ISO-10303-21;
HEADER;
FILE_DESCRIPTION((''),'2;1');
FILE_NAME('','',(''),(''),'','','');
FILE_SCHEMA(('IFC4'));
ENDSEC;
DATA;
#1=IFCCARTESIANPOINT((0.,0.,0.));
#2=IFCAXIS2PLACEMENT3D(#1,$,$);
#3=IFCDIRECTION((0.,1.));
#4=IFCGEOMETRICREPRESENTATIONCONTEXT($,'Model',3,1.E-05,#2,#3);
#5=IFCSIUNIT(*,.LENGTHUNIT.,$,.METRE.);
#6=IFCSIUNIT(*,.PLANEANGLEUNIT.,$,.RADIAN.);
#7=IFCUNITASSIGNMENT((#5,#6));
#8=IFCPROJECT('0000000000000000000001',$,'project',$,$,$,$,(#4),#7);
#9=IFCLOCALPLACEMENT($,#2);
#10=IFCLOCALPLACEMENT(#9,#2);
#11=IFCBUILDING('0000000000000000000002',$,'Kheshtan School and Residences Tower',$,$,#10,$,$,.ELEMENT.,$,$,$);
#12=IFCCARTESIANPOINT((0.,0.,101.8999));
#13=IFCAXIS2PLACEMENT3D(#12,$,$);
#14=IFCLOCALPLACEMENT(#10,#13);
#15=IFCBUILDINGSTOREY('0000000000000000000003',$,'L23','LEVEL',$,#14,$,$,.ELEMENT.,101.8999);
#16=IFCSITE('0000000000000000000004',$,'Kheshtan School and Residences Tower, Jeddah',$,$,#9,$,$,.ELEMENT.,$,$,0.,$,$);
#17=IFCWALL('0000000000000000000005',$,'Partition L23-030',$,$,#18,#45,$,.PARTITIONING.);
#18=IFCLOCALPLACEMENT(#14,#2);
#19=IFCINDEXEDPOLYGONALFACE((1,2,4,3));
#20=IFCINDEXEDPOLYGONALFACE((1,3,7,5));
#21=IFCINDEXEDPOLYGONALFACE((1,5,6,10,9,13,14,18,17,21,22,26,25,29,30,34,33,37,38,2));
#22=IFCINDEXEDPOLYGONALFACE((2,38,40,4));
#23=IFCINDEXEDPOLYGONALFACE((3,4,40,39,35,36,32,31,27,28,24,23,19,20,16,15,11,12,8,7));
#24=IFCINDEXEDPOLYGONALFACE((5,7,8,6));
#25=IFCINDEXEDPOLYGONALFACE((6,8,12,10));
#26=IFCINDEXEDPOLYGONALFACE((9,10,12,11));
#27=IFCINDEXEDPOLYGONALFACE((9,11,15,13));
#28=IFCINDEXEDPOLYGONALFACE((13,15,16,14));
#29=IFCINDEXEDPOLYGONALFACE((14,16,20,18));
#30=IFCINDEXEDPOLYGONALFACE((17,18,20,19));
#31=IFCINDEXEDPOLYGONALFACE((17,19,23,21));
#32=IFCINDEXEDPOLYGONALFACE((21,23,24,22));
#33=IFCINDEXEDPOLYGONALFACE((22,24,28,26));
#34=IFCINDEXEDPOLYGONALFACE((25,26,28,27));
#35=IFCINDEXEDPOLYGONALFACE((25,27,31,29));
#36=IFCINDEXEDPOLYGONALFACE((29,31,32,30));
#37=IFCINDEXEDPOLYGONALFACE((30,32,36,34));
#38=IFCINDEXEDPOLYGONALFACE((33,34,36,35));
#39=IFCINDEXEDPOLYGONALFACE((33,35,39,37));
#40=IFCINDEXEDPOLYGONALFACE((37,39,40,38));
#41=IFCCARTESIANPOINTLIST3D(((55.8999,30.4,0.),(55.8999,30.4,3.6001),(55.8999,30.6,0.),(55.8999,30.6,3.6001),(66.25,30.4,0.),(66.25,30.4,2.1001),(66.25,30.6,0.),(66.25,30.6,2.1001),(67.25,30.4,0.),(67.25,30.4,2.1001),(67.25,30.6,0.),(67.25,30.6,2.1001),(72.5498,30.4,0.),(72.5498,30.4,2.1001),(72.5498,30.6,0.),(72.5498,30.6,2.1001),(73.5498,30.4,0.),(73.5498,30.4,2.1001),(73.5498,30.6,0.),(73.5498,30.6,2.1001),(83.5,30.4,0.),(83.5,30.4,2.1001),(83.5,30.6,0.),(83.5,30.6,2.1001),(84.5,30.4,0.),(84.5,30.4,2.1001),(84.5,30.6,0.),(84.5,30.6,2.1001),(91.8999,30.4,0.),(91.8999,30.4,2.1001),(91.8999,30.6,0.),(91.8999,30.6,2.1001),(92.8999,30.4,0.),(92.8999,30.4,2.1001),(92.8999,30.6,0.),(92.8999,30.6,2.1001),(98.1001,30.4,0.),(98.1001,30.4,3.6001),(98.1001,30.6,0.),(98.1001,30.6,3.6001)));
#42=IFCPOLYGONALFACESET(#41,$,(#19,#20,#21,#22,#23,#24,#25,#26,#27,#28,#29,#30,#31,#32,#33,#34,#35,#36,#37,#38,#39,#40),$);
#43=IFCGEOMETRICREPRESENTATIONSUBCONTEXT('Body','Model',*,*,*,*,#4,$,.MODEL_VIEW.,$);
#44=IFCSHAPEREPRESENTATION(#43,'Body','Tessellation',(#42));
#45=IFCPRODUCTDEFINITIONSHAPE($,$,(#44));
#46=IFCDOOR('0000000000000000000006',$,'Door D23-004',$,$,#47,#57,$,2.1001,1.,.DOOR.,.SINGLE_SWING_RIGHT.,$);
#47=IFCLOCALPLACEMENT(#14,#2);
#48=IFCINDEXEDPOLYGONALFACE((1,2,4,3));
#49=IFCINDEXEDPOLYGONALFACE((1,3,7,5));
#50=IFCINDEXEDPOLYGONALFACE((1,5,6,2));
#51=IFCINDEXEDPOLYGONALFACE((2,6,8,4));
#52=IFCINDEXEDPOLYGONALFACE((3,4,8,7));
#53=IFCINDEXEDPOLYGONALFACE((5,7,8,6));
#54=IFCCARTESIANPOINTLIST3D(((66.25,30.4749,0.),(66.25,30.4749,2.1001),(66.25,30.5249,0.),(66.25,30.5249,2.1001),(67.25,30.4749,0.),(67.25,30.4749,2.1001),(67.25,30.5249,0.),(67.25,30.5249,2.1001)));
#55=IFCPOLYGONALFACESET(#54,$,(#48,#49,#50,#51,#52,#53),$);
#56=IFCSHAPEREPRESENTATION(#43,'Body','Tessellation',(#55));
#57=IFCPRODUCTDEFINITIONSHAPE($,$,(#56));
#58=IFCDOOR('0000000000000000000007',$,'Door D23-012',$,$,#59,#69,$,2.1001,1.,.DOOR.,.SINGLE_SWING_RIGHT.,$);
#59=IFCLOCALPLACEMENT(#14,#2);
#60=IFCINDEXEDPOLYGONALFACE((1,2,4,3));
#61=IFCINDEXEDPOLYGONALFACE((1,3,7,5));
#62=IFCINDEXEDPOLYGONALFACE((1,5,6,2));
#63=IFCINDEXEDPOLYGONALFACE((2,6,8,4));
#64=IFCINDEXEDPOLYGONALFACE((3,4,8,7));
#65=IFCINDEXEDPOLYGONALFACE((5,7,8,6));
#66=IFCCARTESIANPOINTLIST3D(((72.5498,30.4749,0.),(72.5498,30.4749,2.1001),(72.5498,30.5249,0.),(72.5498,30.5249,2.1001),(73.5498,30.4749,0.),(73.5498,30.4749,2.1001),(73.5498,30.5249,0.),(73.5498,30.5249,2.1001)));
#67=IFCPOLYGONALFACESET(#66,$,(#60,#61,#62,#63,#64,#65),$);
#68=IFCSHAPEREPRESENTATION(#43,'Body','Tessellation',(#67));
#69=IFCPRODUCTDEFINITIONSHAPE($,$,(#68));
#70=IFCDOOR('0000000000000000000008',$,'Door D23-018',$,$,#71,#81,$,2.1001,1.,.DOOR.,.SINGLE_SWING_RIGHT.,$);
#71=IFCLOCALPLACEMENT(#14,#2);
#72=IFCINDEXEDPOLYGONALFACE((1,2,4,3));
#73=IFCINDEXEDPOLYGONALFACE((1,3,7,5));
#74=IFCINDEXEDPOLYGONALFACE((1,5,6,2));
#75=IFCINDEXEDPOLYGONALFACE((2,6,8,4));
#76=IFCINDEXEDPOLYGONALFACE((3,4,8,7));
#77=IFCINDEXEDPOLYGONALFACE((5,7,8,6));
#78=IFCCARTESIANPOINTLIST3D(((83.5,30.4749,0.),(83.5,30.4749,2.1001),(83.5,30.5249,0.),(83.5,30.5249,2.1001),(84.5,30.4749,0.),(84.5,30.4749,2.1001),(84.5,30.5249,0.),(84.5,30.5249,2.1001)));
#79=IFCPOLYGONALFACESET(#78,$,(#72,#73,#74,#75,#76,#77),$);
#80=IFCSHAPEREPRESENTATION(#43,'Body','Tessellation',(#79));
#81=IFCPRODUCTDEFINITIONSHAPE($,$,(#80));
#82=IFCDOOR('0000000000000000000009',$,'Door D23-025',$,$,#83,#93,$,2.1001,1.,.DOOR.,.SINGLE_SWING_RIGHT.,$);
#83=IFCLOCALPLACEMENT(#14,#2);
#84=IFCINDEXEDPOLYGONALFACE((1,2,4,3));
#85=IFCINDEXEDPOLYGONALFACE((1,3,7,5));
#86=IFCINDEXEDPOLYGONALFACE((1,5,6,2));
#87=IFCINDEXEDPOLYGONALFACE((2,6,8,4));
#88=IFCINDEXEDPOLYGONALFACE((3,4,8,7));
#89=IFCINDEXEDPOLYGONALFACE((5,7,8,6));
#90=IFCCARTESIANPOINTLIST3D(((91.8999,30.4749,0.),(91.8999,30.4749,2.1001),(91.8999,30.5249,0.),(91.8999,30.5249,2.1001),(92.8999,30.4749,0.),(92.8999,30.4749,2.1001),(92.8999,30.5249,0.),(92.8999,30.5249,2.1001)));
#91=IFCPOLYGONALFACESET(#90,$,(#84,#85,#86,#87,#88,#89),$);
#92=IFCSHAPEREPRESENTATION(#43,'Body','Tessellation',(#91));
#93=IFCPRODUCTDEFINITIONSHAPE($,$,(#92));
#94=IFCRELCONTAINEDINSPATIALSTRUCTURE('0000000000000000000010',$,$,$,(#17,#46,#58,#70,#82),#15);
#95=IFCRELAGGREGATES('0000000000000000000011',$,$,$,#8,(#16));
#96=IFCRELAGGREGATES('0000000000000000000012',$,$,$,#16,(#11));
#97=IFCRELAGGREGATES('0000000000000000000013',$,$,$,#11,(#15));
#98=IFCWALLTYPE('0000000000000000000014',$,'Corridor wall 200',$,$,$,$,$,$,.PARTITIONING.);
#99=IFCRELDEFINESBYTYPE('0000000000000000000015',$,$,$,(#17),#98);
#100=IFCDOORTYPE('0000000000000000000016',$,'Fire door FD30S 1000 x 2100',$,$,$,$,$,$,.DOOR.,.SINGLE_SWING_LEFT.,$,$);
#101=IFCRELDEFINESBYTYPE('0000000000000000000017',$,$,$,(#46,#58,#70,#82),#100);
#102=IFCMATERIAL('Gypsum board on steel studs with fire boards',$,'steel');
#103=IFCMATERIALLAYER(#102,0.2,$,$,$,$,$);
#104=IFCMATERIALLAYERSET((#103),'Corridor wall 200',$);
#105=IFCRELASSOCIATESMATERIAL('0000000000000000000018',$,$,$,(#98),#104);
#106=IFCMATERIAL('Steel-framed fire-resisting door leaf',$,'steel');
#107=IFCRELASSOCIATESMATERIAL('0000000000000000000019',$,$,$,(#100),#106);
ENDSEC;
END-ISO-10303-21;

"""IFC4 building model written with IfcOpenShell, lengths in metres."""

from ifc_helpers import new_model, si_unit, direction, frame, frame_2d, origin, place, context, subcontext, project, spatial, rectangle, extrude, source, transform, mapped, material, layer, layer_set, type_object, element, fill, save


model = new_model("IFC4")

# Units and contexts
model_context = context("Model", 3, precision=1e-05, world=origin(), true_north=direction((0.0, 1.0)))
body_context = subcontext(model_context, "Body", "Model", "MODEL_VIEW")
ifc_project = project(units=[si_unit("LENGTHUNIT", "METRE"), si_unit("PLANEANGLEUNIT", "RADIAN")], contexts=[model_context])

# Site, building, storey
site_placement = place(None, origin())
site = spatial("IfcSite", under=ifc_project, at=site_placement, Name="Kheshtan School and Residences Tower, Jeddah", CompositionType="ELEMENT", RefElevation=0.0)
building_placement = place(site_placement, origin())
building = spatial("IfcBuilding", under=site, at=building_placement, Name="Kheshtan School and Residences Tower", CompositionType="ELEMENT")
storey_placement = place(building_placement, frame((0.0, 0.0, 101.8999)))
storey = spatial("IfcBuildingStorey", under=building, at=storey_placement, Name="L23", Description="LEVEL", CompositionType="ELEMENT", Elevation=101.8999)

# Wall, openings, doors
ifc_material_1 = material(Name="Gypsum board on steel studs with fire boards", Category="steel")
ifc_layer_1 = layer(ifc_material_1, 0.2)
ifc_layer_set_1 = layer_set([ifc_layer_1], Name="Corridor wall 200")
wall_type_1 = type_object("IfcWallType", Name="Corridor wall 200", PredefinedType="PARTITIONING", material=ifc_layer_set_1)
wall_1_placement = place(storey_placement, frame((55.8999, 30.5, 0.0), z_axis=(0.0, 0.0, 1.0), x_axis=(1.0, 0.0, 0.0)))
wall_1 = element("IfcWall", 1, at=wall_1_placement, inside=storey, type_object=wall_type_1, Name="Partition L23-030", PredefinedType="PARTITIONING", context=body_context, shape_type="SweptSolid", body=[
    extrude(rectangle(XDim=42.2002, YDim=0.2, at=frame_2d((21.1001, 0.0))), origin(), (0.0, 0.0, 1.0), 3.6001),
])
opening_1_placement = place(wall_1_placement, frame((10.3501, 0.0, 0.0)))
opening_1 = element("IfcOpeningElement", 2, at=opening_1_placement, cuts=wall_1, PredefinedType="OPENING", context=body_context, shape_type="SweptSolid", body=[
    extrude(rectangle(XDim=1.0, YDim=2.1001, at=frame_2d((0.5, 1.05))), frame((0.0, 0.1099, 0.0), z_axis=(0.0, -1.0, 0.0), x_axis=(1.0, 0.0, 0.0)), (0.0, 0.0, 1.0), 0.22),
])
opening_2_placement = place(wall_1_placement, frame((16.6499, 0.0, 0.0)))
opening_2 = element("IfcOpeningElement", 3, at=opening_2_placement, cuts=wall_1, PredefinedType="OPENING", context=body_context, shape_type="SweptSolid", body=[
    extrude(rectangle(XDim=1.0, YDim=2.1001, at=frame_2d((0.5, 1.05))), frame((0.0, 0.1099, 0.0), z_axis=(0.0, -1.0, 0.0), x_axis=(1.0, 0.0, 0.0)), (0.0, 0.0, 1.0), 0.22),
])
opening_3_placement = place(wall_1_placement, frame((27.6001, 0.0, 0.0)))
opening_3 = element("IfcOpeningElement", 4, at=opening_3_placement, cuts=wall_1, PredefinedType="OPENING", context=body_context, shape_type="SweptSolid", body=[
    extrude(rectangle(XDim=1.0, YDim=2.1001, at=frame_2d((0.5, 1.05))), frame((0.0, 0.1099, 0.0), z_axis=(0.0, -1.0, 0.0), x_axis=(1.0, 0.0, 0.0)), (0.0, 0.0, 1.0), 0.22),
])
opening_4_placement = place(wall_1_placement, frame((36.0, 0.0, 0.0)))
opening_4 = element("IfcOpeningElement", 5, at=opening_4_placement, cuts=wall_1, PredefinedType="OPENING", context=body_context, shape_type="SweptSolid", body=[
    extrude(rectangle(XDim=1.0, YDim=2.1001, at=frame_2d((0.5, 1.05))), frame((0.0, 0.1099, 0.0), z_axis=(0.0, -1.0, 0.0), x_axis=(1.0, 0.0, 0.0)), (0.0, 0.0, 1.0), 0.22),
])
ifc_material_2 = material(Name="Steel-framed fire-resisting door leaf", Category="steel")
door_type_1 = type_object("IfcDoorType", Name="Fire door FD30S 1000 x 2100", OperationType="SINGLE_SWING_LEFT", PredefinedType="DOOR", material=ifc_material_2)
shared_shape_1 = source(origin(), body_context, "Body", "SweptSolid", [
    extrude(rectangle(XDim=1.0, YDim=2.1001, at=frame_2d((0.5, 1.05))), frame((0.0, 0.0249, 0.0), z_axis=(0.0, -1.0, 0.0), x_axis=(1.0, 0.0, 0.0)), (0.0, 0.0, 1.0), 0.05),
])
door_1_placement = place(opening_1_placement, origin())
door_1 = element("IfcDoor", 6, at=door_1_placement, inside=storey, type_object=door_type_1, Name="Door D23-004", OperationType="SINGLE_SWING_RIGHT", OverallHeight=2.1001, OverallWidth=1.0, PredefinedType="DOOR", context=body_context, shape_type="MappedRepresentation", body=[
    mapped(shared_shape_1, transform((0.0, 0.0, 0.0), x_axis=(1.0, 0.0, 0.0), y_axis=(0.0, 1.0, 0.0), z_axis=(0.0, 0.0, 1.0), scale=1.0)),
])
fill(opening_1, door_1)
door_2_placement = place(opening_2_placement, origin())
door_2 = element("IfcDoor", 7, at=door_2_placement, inside=storey, type_object=door_type_1, Name="Door D23-012", OperationType="SINGLE_SWING_RIGHT", OverallHeight=2.1001, OverallWidth=1.0, PredefinedType="DOOR", context=body_context, shape_type="MappedRepresentation", body=[
    mapped(shared_shape_1, transform((0.0, 0.0, 0.0), x_axis=(1.0, 0.0, 0.0), y_axis=(0.0, 1.0, 0.0), z_axis=(0.0, 0.0, 1.0), scale=1.0)),
])
fill(opening_2, door_2)
door_3_placement = place(opening_3_placement, origin())
door_3 = element("IfcDoor", 8, at=door_3_placement, inside=storey, type_object=door_type_1, Name="Door D23-018", OperationType="SINGLE_SWING_RIGHT", OverallHeight=2.1001, OverallWidth=1.0, PredefinedType="DOOR", context=body_context, shape_type="MappedRepresentation", body=[
    mapped(shared_shape_1, transform((0.0, 0.0, 0.0), x_axis=(1.0, 0.0, 0.0), y_axis=(0.0, 1.0, 0.0), z_axis=(0.0, 0.0, 1.0), scale=1.0)),
])
fill(opening_3, door_3)
door_4_placement = place(opening_4_placement, origin())
door_4 = element("IfcDoor", 9, at=door_4_placement, inside=storey, type_object=door_type_1, Name="Door D23-025", OperationType="SINGLE_SWING_RIGHT", OverallHeight=2.1001, OverallWidth=1.0, PredefinedType="DOOR", context=body_context, shape_type="MappedRepresentation", body=[
    mapped(shared_shape_1, transform((0.0, 0.0, 0.0), x_axis=(1.0, 0.0, 0.0), y_axis=(0.0, 1.0, 0.0), z_axis=(0.0, 0.0, 1.0), scale=1.0)),
])
fill(opening_4, door_4)

save(model, "model.ifc")
